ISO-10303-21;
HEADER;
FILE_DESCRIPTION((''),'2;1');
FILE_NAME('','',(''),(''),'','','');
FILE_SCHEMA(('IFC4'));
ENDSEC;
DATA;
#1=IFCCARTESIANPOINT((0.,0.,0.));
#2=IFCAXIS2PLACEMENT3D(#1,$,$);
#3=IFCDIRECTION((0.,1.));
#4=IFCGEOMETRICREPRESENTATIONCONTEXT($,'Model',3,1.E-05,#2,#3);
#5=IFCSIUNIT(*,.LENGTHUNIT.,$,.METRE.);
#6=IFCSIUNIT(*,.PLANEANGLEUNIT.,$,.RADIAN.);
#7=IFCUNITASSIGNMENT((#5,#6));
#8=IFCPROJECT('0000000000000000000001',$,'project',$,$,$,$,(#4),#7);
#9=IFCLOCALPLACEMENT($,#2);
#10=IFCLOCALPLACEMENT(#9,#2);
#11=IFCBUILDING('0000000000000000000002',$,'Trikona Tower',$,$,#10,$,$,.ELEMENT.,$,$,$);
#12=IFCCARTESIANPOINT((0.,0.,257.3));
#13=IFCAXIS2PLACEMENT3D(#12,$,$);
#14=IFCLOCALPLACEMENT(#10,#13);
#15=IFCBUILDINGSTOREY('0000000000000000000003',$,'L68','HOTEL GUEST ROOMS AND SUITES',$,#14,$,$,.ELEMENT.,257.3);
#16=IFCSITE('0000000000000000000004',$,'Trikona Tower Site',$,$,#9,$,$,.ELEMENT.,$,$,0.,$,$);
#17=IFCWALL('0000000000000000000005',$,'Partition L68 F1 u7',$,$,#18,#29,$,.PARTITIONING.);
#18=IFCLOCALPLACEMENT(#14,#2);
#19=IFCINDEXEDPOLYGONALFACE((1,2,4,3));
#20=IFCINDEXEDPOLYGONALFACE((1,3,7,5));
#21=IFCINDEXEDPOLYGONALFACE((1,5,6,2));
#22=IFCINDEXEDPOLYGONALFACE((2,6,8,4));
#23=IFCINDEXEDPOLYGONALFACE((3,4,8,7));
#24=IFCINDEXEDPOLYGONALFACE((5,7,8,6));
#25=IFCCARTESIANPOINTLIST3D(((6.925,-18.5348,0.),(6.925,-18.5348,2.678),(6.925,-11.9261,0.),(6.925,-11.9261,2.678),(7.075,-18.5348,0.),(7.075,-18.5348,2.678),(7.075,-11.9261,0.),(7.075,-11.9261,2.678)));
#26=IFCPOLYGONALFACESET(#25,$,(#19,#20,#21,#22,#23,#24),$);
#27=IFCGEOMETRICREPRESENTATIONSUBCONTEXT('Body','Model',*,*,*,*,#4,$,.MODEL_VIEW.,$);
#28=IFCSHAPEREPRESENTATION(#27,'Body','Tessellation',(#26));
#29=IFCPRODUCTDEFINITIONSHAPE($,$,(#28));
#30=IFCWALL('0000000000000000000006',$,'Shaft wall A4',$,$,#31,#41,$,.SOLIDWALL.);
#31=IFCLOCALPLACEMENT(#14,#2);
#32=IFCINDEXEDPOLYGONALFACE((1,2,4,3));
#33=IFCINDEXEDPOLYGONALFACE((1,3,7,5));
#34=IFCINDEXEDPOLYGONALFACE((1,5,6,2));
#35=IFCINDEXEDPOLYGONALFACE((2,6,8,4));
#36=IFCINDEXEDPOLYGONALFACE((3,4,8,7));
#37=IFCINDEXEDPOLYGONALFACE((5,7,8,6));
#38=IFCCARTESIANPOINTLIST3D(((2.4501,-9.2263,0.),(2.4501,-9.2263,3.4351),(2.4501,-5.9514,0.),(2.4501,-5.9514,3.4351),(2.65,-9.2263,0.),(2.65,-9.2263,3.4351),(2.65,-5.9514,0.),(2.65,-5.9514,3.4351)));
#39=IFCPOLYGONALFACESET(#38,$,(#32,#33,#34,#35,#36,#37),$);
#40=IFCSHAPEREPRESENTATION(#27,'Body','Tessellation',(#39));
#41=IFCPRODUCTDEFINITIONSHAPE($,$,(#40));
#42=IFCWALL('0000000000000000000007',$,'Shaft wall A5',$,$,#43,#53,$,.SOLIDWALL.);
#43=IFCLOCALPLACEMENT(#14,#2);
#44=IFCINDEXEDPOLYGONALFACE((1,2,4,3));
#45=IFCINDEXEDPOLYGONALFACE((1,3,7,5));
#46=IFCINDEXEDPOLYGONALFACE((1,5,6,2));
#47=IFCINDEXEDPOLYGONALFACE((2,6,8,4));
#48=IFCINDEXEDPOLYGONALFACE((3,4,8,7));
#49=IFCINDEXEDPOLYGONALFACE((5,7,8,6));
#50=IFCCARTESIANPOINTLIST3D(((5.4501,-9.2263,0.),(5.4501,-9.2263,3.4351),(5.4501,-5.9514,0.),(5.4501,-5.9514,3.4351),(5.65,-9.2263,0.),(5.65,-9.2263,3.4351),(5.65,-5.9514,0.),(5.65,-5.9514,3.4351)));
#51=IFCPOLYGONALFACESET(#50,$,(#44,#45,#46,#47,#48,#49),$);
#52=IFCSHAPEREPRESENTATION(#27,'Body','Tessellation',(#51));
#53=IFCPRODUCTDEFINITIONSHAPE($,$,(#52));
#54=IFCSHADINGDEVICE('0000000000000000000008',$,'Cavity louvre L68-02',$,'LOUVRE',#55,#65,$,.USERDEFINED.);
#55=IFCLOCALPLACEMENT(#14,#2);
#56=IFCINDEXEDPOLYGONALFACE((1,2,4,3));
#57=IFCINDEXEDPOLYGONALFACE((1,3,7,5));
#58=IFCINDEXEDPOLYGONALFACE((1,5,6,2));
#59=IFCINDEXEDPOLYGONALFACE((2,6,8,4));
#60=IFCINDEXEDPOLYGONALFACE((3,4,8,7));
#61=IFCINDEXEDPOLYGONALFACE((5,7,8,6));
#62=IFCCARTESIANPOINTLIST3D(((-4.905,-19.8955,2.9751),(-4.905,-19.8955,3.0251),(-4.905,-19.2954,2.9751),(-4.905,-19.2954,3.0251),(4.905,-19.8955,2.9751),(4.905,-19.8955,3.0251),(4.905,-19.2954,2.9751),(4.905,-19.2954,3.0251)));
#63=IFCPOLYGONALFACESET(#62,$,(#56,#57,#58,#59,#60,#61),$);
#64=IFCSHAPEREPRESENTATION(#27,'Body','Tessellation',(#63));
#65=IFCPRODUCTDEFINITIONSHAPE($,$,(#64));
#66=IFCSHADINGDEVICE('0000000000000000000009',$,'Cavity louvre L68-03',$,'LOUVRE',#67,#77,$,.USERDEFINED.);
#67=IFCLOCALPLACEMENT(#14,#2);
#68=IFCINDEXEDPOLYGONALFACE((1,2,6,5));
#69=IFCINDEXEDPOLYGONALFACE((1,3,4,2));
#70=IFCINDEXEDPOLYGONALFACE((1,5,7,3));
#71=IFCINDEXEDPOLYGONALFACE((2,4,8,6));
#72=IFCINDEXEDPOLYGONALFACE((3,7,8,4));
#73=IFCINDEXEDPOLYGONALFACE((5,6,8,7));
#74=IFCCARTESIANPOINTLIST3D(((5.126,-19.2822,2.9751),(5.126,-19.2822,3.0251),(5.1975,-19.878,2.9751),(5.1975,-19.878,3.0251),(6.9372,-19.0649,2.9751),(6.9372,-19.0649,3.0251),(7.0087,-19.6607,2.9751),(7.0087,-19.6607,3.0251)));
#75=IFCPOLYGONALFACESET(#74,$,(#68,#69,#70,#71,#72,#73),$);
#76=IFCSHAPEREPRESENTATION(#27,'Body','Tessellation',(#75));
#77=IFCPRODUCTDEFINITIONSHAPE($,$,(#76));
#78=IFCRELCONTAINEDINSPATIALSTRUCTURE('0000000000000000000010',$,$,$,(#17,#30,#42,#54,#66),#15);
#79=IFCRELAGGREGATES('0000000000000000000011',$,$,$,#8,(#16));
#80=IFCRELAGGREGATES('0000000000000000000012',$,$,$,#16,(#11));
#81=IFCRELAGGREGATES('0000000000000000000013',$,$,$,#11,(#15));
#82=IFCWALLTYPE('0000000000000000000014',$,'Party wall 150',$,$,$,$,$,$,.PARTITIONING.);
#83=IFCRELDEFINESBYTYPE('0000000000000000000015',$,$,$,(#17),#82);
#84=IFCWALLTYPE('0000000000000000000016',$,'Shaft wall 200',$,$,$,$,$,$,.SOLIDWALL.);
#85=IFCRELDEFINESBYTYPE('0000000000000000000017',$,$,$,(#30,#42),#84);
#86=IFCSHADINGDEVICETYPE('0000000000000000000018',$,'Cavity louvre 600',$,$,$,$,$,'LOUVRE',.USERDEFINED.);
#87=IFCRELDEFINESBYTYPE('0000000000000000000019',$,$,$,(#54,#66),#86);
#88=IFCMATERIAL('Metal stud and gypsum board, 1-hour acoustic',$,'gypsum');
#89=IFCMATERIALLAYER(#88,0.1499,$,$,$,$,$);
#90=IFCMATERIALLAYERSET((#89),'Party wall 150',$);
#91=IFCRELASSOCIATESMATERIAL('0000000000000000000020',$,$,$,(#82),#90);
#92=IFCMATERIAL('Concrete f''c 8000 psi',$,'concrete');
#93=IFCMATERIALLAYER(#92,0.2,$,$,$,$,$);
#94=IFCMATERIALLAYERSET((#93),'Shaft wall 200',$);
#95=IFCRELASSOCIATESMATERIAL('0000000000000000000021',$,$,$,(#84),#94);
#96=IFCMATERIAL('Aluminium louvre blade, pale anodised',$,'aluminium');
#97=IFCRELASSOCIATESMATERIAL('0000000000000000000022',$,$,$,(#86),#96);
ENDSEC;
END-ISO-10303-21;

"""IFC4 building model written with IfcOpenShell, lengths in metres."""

from ifc_helpers import new_model, si_unit, direction, frame, frame_2d, origin, origin_2d, place, context, subcontext, project, spatial, rectangle, extrude, material, layer, layer_set, type_object, element, save


model = new_model("IFC4")

# Units and contexts
model_context = context("Model", 3, precision=1e-05, world=origin(), true_north=direction((0.0, 1.0)))
body_context = subcontext(model_context, "Body", "Model", "MODEL_VIEW")
ifc_project = project(units=[si_unit("LENGTHUNIT", "METRE"), si_unit("PLANEANGLEUNIT", "RADIAN")], contexts=[model_context])

# Site, building, storey
site_placement = place(None, origin())
site = spatial("IfcSite", under=ifc_project, at=site_placement, Name="Trikona Tower Site", CompositionType="ELEMENT", RefElevation=0.0)
building_placement = place(site_placement, origin())
building = spatial("IfcBuilding", under=site, at=building_placement, Name="Trikona Tower", CompositionType="ELEMENT")
storey_placement = place(building_placement, frame((0.0, 0.0, 257.3)))
storey = spatial("IfcBuildingStorey", under=building, at=storey_placement, Name="L68", Description="HOTEL GUEST ROOMS AND SUITES", CompositionType="ELEMENT", Elevation=257.3)

# Walls
ifc_material_1 = material(Name="Metal stud and gypsum board, 1-hour acoustic", Category="gypsum")
ifc_layer_1 = layer(ifc_material_1, 0.1499)
ifc_layer_set_1 = layer_set([ifc_layer_1], Name="Party wall 150")
wall_type_1 = type_object("IfcWallType", Name="Party wall 150", PredefinedType="PARTITIONING", material=ifc_layer_set_1)
wall_1_placement = place(storey_placement, frame((7.0, -11.9263, 0.0), z_axis=(0.0, 0.0, 1.0), x_axis=(0.0, -1.0, 0.0)))
element("IfcWall", 1, at=wall_1_placement, inside=storey, type_object=wall_type_1, Name="Partition L68 F1 u7", PredefinedType="PARTITIONING", context=body_context, shape_type="SweptSolid", body=[
    extrude(rectangle(XDim=6.6086, YDim=0.1499, at=frame_2d((3.3042, 0.0))), origin(), (0.0, 0.0, 1.0), 2.678),
])
ifc_material_2 = material(Name="Concrete f'c 8000 psi", Category="concrete")
ifc_layer_2 = layer(ifc_material_2, 0.2)
ifc_layer_set_2 = layer_set([ifc_layer_2], Name="Shaft wall 200")
wall_type_2 = type_object("IfcWallType", Name="Shaft wall 200", PredefinedType="SOLIDWALL", material=ifc_layer_set_2)
for number, where, z_axis, x_axis, name in (
    (2, (2.55, -5.9514, 0.0), (0.0, 0.0, 1.0), (0.0, -1.0, 0.0), "Shaft wall A4"),
    (3, (5.55, -5.9514, 0.0), (0.0, 0.0, 1.0), (0.0, -1.0, 0.0), "Shaft wall A5"),
):
    element("IfcWall", number, at=place(storey_placement, frame(where, z_axis=z_axis, x_axis=x_axis)), inside=storey, type_object=wall_type_2, Name=name, PredefinedType="SOLIDWALL", context=body_context, shape_type="SweptSolid", body=[
        extrude(rectangle(XDim=3.2749, YDim=0.2, at=frame_2d((1.6375, 0.0))), origin(), (0.0, 0.0, 1.0), 3.4351),
    ])

# Shading devices
ifc_material_3 = material(Name="Aluminium louvre blade, pale anodised", Category="aluminium")
shading_device_type = type_object("IfcShadingDeviceType", Name="Cavity louvre 600", ElementType="LOUVRE", PredefinedType="USERDEFINED", material=ifc_material_3)
shading_device_1_placement = place(storey_placement, frame((0.0, -19.5955, 2.9751), z_axis=(0.0, 0.0, 1.0), x_axis=(1.0, 0.0, 0.0)))
element("IfcShadingDevice", 4, at=shading_device_1_placement, inside=storey, type_object=shading_device_type, Name="Cavity louvre L68-02", ObjectType="LOUVRE", PredefinedType="USERDEFINED", context=body_context, shape_type="SweptSolid", body=[
    extrude(rectangle(XDim=9.8101, YDim=0.6001, at=origin_2d()), origin(), (0.0, 0.0, 1.0), 0.05),
])
shading_device_2_placement = place(storey_placement, frame((6.0674, -19.4714, 2.9751), z_axis=(0.0, 0.0, 1.0), x_axis=(0.992877, 0.119146, 0.0)))
element("IfcShadingDevice", 5, at=shading_device_2_placement, inside=storey, type_object=shading_device_type, Name="Cavity louvre L68-03", ObjectType="LOUVRE", PredefinedType="USERDEFINED", context=body_context, shape_type="SweptSolid", body=[
    extrude(rectangle(XDim=1.8242, YDim=0.6001, at=origin_2d()), origin(), (0.0, 0.0, 1.0), 0.05),
])

save(model, "model.ifc")
